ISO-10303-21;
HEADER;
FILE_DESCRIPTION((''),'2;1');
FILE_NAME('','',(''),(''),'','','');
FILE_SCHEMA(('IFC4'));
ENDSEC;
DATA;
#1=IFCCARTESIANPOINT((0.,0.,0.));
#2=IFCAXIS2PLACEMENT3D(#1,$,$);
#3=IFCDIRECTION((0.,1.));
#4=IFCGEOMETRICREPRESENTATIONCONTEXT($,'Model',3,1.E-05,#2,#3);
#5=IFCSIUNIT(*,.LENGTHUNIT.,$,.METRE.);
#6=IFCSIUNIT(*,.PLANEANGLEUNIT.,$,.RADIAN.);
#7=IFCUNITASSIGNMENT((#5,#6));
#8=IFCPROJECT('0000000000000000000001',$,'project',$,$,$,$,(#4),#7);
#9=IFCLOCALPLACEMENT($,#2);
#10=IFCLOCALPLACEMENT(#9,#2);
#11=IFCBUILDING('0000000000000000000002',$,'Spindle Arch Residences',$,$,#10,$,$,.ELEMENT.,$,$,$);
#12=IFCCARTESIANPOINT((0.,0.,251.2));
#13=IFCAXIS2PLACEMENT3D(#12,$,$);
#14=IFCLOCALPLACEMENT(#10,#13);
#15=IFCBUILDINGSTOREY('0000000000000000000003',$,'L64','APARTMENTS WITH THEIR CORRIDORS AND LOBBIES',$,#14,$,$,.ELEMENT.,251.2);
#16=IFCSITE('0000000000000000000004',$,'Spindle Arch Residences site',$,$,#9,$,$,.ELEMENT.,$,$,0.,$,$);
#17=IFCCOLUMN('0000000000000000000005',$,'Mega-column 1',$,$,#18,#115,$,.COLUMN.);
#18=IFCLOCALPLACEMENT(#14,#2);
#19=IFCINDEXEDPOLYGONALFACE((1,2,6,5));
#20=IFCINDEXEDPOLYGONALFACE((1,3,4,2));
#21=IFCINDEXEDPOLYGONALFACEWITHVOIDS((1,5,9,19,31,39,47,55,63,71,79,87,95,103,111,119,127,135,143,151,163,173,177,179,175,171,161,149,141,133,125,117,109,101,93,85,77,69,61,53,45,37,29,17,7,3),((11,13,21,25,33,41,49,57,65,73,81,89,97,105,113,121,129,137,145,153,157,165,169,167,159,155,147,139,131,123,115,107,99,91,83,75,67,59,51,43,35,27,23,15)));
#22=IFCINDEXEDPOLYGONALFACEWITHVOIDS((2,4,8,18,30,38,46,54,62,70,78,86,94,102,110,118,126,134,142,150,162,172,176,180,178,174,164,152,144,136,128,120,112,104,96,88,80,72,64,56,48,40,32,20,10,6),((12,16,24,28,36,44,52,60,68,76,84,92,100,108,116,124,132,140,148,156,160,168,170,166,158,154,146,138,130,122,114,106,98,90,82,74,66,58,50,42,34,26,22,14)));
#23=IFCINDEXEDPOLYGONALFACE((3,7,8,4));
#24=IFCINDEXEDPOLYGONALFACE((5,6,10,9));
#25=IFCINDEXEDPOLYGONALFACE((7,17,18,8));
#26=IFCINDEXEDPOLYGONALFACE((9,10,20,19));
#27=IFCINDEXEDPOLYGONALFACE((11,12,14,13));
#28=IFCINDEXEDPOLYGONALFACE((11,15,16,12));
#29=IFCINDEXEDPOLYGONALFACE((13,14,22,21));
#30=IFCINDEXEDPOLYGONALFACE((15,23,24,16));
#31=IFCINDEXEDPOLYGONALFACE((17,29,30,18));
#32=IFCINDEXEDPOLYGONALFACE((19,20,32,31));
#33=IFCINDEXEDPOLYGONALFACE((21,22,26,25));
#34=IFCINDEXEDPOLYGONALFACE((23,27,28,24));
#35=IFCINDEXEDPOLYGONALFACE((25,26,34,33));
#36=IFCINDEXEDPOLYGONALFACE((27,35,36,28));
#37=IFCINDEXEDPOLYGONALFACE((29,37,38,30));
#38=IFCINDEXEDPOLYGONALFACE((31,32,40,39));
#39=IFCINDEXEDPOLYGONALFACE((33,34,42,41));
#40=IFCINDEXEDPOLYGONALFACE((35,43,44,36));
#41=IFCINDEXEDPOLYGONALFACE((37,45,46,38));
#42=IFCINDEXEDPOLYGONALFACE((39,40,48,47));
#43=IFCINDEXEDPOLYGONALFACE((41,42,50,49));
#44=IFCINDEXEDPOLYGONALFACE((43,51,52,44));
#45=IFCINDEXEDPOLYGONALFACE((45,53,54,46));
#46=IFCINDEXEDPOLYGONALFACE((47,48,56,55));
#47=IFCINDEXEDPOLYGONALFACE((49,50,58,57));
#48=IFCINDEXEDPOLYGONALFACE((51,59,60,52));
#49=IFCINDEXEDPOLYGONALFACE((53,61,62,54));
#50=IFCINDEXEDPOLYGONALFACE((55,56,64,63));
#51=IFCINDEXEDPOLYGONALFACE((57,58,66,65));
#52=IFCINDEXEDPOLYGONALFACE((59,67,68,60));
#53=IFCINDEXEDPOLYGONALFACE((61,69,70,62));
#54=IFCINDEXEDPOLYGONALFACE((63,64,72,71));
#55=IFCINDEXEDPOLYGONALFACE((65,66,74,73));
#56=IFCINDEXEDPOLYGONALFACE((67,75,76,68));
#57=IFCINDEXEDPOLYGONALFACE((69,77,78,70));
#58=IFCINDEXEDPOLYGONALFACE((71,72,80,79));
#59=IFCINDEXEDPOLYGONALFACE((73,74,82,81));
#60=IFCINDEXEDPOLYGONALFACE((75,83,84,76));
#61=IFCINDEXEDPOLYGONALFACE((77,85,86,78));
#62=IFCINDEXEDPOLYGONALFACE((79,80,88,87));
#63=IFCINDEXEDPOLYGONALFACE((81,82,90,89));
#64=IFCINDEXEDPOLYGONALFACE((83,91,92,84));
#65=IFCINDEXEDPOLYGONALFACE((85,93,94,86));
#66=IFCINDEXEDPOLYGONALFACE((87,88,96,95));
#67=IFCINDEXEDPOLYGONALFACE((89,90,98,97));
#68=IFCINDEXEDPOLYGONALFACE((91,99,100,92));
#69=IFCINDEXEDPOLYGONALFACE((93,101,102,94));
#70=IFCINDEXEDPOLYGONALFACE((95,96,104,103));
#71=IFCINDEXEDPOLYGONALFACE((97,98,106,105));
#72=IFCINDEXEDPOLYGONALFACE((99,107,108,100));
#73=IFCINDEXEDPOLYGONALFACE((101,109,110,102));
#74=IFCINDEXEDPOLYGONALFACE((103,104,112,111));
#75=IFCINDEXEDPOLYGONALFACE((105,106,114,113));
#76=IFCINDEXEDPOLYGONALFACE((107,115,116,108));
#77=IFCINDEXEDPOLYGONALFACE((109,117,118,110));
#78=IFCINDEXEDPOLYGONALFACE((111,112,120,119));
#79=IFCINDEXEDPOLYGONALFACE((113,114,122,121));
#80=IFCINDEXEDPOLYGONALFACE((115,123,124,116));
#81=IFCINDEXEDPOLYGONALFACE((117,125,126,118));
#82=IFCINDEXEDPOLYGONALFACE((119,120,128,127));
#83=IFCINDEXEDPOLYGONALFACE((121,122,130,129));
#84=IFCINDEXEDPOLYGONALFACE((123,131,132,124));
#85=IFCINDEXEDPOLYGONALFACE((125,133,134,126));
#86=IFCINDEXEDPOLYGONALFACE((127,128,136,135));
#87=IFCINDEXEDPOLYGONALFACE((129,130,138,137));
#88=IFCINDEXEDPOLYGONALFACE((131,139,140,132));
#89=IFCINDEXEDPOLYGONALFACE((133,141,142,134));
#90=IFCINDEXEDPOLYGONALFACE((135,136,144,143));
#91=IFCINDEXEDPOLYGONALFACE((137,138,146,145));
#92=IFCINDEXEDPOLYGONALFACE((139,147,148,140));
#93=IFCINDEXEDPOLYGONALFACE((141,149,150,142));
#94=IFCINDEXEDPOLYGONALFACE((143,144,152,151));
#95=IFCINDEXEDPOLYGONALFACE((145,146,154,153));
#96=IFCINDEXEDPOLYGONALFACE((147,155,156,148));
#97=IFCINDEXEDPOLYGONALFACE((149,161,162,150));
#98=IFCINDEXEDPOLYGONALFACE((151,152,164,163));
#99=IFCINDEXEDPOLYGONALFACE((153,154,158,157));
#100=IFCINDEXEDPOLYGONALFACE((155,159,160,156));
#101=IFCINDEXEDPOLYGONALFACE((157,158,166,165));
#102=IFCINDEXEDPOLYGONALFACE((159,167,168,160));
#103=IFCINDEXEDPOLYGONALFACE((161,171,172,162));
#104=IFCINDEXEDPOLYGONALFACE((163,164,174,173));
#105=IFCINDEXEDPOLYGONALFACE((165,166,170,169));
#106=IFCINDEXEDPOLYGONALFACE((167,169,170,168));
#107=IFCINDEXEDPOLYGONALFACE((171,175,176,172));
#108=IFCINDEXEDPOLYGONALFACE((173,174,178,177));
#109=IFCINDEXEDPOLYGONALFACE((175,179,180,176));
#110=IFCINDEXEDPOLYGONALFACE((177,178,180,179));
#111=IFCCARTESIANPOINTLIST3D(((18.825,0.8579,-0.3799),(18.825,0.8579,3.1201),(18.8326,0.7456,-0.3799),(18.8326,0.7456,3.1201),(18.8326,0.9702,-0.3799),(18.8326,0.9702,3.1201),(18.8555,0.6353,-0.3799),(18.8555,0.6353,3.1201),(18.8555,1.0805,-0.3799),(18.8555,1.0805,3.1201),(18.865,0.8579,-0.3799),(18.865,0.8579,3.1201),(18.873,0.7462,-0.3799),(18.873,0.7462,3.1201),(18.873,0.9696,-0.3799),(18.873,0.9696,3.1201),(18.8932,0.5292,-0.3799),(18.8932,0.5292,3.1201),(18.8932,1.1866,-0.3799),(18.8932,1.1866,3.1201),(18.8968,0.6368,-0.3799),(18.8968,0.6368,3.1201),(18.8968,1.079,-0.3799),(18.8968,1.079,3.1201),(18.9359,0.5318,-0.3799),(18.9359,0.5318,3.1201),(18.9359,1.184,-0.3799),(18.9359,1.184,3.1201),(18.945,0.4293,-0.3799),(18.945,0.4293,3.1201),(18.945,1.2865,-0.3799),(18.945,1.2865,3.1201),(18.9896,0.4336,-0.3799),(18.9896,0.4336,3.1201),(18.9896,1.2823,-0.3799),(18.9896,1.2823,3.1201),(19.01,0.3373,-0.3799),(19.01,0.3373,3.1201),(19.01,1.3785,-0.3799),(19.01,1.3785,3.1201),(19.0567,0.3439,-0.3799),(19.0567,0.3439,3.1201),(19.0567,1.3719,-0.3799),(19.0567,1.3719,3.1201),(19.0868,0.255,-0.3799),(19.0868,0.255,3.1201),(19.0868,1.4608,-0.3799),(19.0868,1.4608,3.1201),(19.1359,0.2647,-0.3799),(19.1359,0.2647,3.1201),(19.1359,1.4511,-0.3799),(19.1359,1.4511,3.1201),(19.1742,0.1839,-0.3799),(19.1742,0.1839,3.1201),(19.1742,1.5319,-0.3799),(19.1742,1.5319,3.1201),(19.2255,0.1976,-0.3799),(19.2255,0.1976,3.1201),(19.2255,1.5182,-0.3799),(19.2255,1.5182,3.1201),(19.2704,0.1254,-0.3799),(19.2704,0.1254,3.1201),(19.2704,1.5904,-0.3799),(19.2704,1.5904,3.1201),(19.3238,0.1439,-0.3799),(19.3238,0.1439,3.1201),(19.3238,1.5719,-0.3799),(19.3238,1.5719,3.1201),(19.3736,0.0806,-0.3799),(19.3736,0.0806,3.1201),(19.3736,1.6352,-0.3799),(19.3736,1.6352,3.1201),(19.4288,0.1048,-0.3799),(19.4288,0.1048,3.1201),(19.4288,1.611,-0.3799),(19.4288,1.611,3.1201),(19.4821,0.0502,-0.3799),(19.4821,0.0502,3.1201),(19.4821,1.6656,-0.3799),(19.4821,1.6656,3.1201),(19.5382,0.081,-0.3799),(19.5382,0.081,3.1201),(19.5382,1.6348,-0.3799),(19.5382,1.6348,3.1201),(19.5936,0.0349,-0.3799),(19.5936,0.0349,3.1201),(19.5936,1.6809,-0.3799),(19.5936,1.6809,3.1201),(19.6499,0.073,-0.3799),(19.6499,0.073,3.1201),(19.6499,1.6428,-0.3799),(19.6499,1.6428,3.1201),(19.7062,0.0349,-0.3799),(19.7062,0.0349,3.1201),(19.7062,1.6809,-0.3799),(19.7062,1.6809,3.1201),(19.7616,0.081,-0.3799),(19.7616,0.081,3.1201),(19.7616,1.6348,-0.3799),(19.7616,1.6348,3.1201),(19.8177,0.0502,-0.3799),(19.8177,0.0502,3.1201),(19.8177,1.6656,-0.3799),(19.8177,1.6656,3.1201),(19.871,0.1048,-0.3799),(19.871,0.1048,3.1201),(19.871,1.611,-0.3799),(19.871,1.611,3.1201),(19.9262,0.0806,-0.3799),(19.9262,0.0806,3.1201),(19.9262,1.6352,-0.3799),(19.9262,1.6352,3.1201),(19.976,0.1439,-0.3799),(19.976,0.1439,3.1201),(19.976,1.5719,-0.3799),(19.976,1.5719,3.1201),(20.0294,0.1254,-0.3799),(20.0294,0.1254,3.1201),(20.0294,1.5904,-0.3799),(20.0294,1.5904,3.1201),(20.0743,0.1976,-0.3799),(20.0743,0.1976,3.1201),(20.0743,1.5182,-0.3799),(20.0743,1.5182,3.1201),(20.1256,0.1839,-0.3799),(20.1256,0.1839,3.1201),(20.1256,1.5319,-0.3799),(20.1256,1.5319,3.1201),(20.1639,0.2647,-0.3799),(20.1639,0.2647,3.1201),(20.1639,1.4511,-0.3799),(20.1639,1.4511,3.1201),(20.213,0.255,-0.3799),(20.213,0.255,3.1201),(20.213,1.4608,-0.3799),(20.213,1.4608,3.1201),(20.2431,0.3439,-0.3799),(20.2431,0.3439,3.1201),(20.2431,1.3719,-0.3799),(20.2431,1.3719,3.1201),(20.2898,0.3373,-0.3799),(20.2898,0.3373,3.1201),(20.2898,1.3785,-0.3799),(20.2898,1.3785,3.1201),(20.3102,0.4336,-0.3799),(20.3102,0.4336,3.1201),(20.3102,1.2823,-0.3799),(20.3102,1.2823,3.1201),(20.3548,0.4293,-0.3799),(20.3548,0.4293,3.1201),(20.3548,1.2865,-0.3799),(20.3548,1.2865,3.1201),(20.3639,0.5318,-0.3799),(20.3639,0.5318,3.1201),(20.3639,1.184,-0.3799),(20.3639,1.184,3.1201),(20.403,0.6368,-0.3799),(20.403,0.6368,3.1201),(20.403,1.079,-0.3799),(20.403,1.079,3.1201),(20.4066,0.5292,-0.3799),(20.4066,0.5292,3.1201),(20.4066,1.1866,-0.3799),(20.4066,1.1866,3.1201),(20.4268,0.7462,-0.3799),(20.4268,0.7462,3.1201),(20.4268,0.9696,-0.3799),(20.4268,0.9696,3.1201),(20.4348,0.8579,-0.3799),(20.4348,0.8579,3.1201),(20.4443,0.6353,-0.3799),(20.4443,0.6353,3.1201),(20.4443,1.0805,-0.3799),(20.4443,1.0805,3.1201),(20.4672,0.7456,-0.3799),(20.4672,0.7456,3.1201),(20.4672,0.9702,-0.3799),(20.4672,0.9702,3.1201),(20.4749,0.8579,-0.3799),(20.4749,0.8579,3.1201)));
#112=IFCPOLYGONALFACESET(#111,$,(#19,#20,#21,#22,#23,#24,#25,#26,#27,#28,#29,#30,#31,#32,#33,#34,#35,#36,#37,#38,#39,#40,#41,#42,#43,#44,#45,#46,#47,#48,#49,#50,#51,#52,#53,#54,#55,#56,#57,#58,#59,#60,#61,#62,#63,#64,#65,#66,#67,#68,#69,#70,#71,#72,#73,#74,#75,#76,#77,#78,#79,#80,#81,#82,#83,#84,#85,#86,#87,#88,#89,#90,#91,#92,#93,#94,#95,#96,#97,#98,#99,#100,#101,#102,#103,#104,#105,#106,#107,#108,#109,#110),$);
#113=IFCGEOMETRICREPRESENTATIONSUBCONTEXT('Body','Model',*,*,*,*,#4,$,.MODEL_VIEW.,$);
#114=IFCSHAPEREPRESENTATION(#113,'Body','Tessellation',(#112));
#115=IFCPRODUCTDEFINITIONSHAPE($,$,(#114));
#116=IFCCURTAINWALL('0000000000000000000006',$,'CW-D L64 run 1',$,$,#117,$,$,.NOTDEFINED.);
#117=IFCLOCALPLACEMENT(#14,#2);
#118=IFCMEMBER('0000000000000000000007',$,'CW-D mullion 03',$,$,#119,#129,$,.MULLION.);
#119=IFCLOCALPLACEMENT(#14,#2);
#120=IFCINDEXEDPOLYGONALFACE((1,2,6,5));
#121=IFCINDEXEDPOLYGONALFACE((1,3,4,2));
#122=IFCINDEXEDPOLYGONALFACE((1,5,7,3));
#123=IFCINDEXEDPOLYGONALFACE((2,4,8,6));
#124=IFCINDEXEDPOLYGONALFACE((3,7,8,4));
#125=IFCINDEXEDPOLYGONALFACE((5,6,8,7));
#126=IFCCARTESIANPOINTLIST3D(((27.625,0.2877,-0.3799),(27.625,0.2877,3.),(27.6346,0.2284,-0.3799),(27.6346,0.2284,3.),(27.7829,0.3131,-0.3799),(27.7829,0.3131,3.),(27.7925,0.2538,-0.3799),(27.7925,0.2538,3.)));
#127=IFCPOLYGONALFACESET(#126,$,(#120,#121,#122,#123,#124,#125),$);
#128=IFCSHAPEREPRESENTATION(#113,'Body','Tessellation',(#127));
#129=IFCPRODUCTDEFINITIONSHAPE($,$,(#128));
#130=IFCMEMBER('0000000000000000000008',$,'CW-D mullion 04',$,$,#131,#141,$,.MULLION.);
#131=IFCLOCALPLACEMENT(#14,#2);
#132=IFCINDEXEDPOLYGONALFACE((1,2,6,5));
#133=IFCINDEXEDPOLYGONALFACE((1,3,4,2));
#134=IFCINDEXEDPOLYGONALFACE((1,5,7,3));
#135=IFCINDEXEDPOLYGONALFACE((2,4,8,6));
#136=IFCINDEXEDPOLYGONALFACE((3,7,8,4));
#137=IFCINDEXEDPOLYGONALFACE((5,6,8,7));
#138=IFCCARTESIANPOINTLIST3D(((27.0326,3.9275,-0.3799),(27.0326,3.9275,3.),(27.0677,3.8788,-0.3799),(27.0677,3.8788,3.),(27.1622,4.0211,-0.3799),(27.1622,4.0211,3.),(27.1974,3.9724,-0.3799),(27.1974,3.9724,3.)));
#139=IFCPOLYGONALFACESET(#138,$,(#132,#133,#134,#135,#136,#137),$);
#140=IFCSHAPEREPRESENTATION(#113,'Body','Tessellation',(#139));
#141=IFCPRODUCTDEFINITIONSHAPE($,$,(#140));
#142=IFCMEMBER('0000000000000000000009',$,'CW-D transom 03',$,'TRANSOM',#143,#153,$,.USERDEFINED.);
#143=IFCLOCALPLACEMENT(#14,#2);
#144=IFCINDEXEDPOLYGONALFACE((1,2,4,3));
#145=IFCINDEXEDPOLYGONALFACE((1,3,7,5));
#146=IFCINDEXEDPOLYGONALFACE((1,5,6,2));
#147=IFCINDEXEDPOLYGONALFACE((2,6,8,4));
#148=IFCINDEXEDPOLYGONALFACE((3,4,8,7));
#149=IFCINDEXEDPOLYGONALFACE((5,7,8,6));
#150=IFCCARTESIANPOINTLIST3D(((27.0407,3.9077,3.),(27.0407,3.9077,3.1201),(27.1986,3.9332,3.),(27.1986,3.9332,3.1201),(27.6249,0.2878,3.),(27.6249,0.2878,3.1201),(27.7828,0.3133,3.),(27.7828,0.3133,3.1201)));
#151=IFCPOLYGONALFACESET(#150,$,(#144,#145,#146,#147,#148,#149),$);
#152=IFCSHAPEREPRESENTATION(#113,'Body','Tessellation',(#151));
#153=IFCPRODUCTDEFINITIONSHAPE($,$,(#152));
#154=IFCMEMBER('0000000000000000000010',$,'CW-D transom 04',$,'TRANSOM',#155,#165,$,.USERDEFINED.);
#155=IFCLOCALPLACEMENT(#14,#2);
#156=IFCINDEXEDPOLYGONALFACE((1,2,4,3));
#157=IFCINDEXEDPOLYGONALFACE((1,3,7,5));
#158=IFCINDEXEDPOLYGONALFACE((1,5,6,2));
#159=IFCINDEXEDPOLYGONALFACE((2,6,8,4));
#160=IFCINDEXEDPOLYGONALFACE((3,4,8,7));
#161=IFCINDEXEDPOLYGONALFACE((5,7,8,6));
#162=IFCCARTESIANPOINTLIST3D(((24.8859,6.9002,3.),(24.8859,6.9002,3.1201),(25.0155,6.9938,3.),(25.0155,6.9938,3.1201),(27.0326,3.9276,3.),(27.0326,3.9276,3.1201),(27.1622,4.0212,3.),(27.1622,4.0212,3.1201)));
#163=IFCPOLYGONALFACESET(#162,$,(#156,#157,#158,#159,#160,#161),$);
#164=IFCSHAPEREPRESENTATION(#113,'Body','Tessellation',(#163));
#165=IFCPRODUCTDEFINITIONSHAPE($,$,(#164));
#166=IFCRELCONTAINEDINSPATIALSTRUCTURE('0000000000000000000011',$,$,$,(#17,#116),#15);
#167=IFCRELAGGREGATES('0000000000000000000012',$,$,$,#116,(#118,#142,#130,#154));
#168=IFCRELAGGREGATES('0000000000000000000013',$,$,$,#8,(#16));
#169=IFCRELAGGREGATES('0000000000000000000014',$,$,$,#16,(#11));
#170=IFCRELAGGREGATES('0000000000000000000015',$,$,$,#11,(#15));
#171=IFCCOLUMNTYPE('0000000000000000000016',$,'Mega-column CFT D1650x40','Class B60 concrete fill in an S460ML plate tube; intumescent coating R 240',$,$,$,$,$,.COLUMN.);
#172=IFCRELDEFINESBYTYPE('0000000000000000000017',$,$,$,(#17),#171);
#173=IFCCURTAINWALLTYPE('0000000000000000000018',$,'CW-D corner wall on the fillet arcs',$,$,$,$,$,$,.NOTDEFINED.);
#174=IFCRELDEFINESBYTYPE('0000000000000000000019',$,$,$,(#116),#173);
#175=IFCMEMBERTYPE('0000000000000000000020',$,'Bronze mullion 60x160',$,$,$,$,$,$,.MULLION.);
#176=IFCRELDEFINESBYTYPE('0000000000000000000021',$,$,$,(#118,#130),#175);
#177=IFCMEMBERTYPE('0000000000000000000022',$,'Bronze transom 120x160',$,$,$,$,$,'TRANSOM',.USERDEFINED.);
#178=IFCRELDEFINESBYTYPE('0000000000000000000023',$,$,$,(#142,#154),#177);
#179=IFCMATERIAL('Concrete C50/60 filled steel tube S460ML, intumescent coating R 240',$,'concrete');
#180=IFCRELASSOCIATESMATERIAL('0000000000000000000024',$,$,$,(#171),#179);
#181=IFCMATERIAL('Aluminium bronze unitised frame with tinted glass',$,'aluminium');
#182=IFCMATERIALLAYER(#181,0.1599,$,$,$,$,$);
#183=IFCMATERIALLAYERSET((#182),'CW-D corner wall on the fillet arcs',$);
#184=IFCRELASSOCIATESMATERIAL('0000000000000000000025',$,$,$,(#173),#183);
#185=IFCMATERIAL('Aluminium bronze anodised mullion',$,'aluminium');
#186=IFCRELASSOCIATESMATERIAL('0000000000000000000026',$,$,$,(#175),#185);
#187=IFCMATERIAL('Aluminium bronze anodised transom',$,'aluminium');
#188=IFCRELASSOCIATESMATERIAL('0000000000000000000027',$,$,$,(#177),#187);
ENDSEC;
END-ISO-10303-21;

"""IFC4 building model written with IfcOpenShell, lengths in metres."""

from ifc_helpers import new_model, si_unit, direction, frame, origin, origin_2d, place, context, subcontext, project, spatial, rectangle, hollow_circle, extrude, material, layer, layer_set, material_profile, profile_set, type_object, element, aggregate, save


model = new_model("IFC4")

# Units and contexts
model_context = context("Model", 3, precision=1e-05, world=origin(), true_north=direction((0.0, 1.0)))
body_context = subcontext(model_context, "Body", "Model", "MODEL_VIEW")
ifc_project = project(units=[si_unit("LENGTHUNIT", "METRE"), si_unit("PLANEANGLEUNIT", "RADIAN")], contexts=[model_context])

# Site, building, storey
site_placement = place(None, origin())
site = spatial("IfcSite", under=ifc_project, at=site_placement, Name="Spindle Arch Residences site", CompositionType="ELEMENT", RefElevation=0.0)
building_placement = place(site_placement, origin())
building = spatial("IfcBuilding", under=site, at=building_placement, Name="Spindle Arch Residences", CompositionType="ELEMENT")
storey_placement = place(building_placement, frame((0.0, 0.0, 251.2)))
storey = spatial("IfcBuildingStorey", under=building, at=storey_placement, Name="L64", Description="APARTMENTS WITH THEIR CORRIDORS AND LOBBIES", CompositionType="ELEMENT", Elevation=251.2)

# Column
ifc_material_1 = material(Name="Concrete C50/60 filled steel tube S460ML, intumescent coating R 240", Category="concrete")
ifc_material_profile_1 = material_profile(ifc_material_1, hollow_circle(Radius=0.825, WallThickness=0.04, at=origin_2d()), Name="CFT D1650x40")
ifc_profile_set_1 = profile_set([ifc_material_profile_1], Name="Concrete C50/60 filled steel tube S460ML, intumescent coating R 240")
column_type = type_object("IfcColumnType", Name="Mega-column CFT D1650x40", Description="Class B60 concrete fill in an S460ML plate tube; intumescent coating R 240", PredefinedType="COLUMN", material=ifc_profile_set_1)
column_placement = place(storey_placement, frame((19.6499, 0.8579, -0.3799), z_axis=(0.0, 0.0, 1.0), x_axis=(1.0, 0.0, 0.0)))
element("IfcColumn", 1, at=column_placement, inside=storey, type_object=column_type, Name="Mega-column 1", PredefinedType="COLUMN", context=body_context, shape_type="SweptSolid", body=[
    extrude(hollow_circle(Radius=0.825, WallThickness=0.04, at=origin_2d()), origin(), (0.0, 0.0, 1.0), 3.5),
])

# Curtain wall, members
ifc_material_2 = material(Name="Aluminium bronze unitised frame with tinted glass", Category="aluminium")
ifc_layer_1 = layer(ifc_material_2, 0.1599)
ifc_layer_set_1 = layer_set([ifc_layer_1], Name="CW-D corner wall on the fillet arcs")
curtain_wall_type = type_object("IfcCurtainWallType", Name="CW-D corner wall on the fillet arcs", PredefinedType="NOTDEFINED", material=ifc_layer_set_1)
curtain_wall_placement = place(storey_placement, origin())
curtain_wall = element("IfcCurtainWall", 2, at=curtain_wall_placement, inside=storey, type_object=curtain_wall_type, Name="CW-D L64 run 1", PredefinedType="NOTDEFINED")
ifc_material_3 = material(Name="Aluminium bronze anodised mullion", Category="aluminium")
ifc_material_profile_2 = material_profile(ifc_material_3, rectangle(XDim=0.1599, YDim=0.0601, at=origin_2d()), Name="MU 60x160")
ifc_profile_set_2 = profile_set([ifc_material_profile_2], Name="Aluminium bronze anodised mullion")
member_type_1 = type_object("IfcMemberType", Name="Bronze mullion 60x160", PredefinedType="MULLION", material=ifc_profile_set_2)
member_1_placement = place(storey_placement, frame((27.7087, 0.2708, -0.3799), z_axis=(0.0, 0.0, 1.0), x_axis=(-0.987229, -0.159307, 0.0)))
member_1 = element("IfcMember", 3, at=member_1_placement, type_object=member_type_1, Name="CW-D mullion 03", PredefinedType="MULLION", context=body_context, shape_type="SweptSolid", body=[
    extrude(rectangle(XDim=0.1599, YDim=0.0601, at=origin_2d()), origin(), (0.0, 0.0, 1.0), 3.3799),
])
member_2_placement = place(storey_placement, frame((27.115, 3.95, -0.3799), z_axis=(0.0, 0.0, 1.0), x_axis=(-0.810723, -0.585429, 0.0)))
member_2 = element("IfcMember", 4, at=member_2_placement, type_object=member_type_1, Name="CW-D mullion 04", PredefinedType="MULLION", context=body_context, shape_type="SweptSolid", body=[
    extrude(rectangle(XDim=0.1599, YDim=0.0601, at=origin_2d()), origin(), (0.0, 0.0, 1.0), 3.3799),
])
ifc_material_4 = material(Name="Aluminium bronze anodised transom", Category="aluminium")
ifc_material_profile_3 = material_profile(ifc_material_4, rectangle(XDim=0.1599, YDim=0.1201, at=origin_2d()), Name="TR 120x160")
ifc_profile_set_3 = profile_set([ifc_material_profile_3], Name="Aluminium bronze anodised transom")
member_type_2 = type_object("IfcMemberType", Name="Bronze transom 120x160", ElementType="TRANSOM", PredefinedType="USERDEFINED", material=ifc_profile_set_3)
member_3_placement = place(storey_placement, frame((27.7039, 0.3005, 3.0601), z_axis=(-0.159333, 0.987225, 0.0), x_axis=(-0.987225, -0.159333, 0.0)))
member_3 = element("IfcMember", 5, at=member_3_placement, type_object=member_type_2, Name="CW-D transom 03", ObjectType="TRANSOM", PredefinedType="USERDEFINED", context=body_context, shape_type="SweptSolid", body=[
    extrude(rectangle(XDim=0.1599, YDim=0.1201, at=origin_2d()), origin(), (0.0, 0.0, 1.0), 3.6667),
])
member_4_placement = place(storey_placement, frame((27.0974, 3.9744, 3.0601), z_axis=(-0.585457, 0.810704, 0.0), x_axis=(-0.810704, -0.585457, 0.0)))
member_4 = element("IfcMember", 6, at=member_4_placement, type_object=member_type_2, Name="CW-D transom 04", ObjectType="TRANSOM", PredefinedType="USERDEFINED", context=body_context, shape_type="SweptSolid", body=[
    extrude(rectangle(XDim=0.1599, YDim=0.1201, at=origin_2d()), origin(), (0.0, 0.0, 1.0), 3.6667),
])

aggregate(curtain_wall, [member_1, member_3, member_2, member_4])

save(model, "model.ifc")
